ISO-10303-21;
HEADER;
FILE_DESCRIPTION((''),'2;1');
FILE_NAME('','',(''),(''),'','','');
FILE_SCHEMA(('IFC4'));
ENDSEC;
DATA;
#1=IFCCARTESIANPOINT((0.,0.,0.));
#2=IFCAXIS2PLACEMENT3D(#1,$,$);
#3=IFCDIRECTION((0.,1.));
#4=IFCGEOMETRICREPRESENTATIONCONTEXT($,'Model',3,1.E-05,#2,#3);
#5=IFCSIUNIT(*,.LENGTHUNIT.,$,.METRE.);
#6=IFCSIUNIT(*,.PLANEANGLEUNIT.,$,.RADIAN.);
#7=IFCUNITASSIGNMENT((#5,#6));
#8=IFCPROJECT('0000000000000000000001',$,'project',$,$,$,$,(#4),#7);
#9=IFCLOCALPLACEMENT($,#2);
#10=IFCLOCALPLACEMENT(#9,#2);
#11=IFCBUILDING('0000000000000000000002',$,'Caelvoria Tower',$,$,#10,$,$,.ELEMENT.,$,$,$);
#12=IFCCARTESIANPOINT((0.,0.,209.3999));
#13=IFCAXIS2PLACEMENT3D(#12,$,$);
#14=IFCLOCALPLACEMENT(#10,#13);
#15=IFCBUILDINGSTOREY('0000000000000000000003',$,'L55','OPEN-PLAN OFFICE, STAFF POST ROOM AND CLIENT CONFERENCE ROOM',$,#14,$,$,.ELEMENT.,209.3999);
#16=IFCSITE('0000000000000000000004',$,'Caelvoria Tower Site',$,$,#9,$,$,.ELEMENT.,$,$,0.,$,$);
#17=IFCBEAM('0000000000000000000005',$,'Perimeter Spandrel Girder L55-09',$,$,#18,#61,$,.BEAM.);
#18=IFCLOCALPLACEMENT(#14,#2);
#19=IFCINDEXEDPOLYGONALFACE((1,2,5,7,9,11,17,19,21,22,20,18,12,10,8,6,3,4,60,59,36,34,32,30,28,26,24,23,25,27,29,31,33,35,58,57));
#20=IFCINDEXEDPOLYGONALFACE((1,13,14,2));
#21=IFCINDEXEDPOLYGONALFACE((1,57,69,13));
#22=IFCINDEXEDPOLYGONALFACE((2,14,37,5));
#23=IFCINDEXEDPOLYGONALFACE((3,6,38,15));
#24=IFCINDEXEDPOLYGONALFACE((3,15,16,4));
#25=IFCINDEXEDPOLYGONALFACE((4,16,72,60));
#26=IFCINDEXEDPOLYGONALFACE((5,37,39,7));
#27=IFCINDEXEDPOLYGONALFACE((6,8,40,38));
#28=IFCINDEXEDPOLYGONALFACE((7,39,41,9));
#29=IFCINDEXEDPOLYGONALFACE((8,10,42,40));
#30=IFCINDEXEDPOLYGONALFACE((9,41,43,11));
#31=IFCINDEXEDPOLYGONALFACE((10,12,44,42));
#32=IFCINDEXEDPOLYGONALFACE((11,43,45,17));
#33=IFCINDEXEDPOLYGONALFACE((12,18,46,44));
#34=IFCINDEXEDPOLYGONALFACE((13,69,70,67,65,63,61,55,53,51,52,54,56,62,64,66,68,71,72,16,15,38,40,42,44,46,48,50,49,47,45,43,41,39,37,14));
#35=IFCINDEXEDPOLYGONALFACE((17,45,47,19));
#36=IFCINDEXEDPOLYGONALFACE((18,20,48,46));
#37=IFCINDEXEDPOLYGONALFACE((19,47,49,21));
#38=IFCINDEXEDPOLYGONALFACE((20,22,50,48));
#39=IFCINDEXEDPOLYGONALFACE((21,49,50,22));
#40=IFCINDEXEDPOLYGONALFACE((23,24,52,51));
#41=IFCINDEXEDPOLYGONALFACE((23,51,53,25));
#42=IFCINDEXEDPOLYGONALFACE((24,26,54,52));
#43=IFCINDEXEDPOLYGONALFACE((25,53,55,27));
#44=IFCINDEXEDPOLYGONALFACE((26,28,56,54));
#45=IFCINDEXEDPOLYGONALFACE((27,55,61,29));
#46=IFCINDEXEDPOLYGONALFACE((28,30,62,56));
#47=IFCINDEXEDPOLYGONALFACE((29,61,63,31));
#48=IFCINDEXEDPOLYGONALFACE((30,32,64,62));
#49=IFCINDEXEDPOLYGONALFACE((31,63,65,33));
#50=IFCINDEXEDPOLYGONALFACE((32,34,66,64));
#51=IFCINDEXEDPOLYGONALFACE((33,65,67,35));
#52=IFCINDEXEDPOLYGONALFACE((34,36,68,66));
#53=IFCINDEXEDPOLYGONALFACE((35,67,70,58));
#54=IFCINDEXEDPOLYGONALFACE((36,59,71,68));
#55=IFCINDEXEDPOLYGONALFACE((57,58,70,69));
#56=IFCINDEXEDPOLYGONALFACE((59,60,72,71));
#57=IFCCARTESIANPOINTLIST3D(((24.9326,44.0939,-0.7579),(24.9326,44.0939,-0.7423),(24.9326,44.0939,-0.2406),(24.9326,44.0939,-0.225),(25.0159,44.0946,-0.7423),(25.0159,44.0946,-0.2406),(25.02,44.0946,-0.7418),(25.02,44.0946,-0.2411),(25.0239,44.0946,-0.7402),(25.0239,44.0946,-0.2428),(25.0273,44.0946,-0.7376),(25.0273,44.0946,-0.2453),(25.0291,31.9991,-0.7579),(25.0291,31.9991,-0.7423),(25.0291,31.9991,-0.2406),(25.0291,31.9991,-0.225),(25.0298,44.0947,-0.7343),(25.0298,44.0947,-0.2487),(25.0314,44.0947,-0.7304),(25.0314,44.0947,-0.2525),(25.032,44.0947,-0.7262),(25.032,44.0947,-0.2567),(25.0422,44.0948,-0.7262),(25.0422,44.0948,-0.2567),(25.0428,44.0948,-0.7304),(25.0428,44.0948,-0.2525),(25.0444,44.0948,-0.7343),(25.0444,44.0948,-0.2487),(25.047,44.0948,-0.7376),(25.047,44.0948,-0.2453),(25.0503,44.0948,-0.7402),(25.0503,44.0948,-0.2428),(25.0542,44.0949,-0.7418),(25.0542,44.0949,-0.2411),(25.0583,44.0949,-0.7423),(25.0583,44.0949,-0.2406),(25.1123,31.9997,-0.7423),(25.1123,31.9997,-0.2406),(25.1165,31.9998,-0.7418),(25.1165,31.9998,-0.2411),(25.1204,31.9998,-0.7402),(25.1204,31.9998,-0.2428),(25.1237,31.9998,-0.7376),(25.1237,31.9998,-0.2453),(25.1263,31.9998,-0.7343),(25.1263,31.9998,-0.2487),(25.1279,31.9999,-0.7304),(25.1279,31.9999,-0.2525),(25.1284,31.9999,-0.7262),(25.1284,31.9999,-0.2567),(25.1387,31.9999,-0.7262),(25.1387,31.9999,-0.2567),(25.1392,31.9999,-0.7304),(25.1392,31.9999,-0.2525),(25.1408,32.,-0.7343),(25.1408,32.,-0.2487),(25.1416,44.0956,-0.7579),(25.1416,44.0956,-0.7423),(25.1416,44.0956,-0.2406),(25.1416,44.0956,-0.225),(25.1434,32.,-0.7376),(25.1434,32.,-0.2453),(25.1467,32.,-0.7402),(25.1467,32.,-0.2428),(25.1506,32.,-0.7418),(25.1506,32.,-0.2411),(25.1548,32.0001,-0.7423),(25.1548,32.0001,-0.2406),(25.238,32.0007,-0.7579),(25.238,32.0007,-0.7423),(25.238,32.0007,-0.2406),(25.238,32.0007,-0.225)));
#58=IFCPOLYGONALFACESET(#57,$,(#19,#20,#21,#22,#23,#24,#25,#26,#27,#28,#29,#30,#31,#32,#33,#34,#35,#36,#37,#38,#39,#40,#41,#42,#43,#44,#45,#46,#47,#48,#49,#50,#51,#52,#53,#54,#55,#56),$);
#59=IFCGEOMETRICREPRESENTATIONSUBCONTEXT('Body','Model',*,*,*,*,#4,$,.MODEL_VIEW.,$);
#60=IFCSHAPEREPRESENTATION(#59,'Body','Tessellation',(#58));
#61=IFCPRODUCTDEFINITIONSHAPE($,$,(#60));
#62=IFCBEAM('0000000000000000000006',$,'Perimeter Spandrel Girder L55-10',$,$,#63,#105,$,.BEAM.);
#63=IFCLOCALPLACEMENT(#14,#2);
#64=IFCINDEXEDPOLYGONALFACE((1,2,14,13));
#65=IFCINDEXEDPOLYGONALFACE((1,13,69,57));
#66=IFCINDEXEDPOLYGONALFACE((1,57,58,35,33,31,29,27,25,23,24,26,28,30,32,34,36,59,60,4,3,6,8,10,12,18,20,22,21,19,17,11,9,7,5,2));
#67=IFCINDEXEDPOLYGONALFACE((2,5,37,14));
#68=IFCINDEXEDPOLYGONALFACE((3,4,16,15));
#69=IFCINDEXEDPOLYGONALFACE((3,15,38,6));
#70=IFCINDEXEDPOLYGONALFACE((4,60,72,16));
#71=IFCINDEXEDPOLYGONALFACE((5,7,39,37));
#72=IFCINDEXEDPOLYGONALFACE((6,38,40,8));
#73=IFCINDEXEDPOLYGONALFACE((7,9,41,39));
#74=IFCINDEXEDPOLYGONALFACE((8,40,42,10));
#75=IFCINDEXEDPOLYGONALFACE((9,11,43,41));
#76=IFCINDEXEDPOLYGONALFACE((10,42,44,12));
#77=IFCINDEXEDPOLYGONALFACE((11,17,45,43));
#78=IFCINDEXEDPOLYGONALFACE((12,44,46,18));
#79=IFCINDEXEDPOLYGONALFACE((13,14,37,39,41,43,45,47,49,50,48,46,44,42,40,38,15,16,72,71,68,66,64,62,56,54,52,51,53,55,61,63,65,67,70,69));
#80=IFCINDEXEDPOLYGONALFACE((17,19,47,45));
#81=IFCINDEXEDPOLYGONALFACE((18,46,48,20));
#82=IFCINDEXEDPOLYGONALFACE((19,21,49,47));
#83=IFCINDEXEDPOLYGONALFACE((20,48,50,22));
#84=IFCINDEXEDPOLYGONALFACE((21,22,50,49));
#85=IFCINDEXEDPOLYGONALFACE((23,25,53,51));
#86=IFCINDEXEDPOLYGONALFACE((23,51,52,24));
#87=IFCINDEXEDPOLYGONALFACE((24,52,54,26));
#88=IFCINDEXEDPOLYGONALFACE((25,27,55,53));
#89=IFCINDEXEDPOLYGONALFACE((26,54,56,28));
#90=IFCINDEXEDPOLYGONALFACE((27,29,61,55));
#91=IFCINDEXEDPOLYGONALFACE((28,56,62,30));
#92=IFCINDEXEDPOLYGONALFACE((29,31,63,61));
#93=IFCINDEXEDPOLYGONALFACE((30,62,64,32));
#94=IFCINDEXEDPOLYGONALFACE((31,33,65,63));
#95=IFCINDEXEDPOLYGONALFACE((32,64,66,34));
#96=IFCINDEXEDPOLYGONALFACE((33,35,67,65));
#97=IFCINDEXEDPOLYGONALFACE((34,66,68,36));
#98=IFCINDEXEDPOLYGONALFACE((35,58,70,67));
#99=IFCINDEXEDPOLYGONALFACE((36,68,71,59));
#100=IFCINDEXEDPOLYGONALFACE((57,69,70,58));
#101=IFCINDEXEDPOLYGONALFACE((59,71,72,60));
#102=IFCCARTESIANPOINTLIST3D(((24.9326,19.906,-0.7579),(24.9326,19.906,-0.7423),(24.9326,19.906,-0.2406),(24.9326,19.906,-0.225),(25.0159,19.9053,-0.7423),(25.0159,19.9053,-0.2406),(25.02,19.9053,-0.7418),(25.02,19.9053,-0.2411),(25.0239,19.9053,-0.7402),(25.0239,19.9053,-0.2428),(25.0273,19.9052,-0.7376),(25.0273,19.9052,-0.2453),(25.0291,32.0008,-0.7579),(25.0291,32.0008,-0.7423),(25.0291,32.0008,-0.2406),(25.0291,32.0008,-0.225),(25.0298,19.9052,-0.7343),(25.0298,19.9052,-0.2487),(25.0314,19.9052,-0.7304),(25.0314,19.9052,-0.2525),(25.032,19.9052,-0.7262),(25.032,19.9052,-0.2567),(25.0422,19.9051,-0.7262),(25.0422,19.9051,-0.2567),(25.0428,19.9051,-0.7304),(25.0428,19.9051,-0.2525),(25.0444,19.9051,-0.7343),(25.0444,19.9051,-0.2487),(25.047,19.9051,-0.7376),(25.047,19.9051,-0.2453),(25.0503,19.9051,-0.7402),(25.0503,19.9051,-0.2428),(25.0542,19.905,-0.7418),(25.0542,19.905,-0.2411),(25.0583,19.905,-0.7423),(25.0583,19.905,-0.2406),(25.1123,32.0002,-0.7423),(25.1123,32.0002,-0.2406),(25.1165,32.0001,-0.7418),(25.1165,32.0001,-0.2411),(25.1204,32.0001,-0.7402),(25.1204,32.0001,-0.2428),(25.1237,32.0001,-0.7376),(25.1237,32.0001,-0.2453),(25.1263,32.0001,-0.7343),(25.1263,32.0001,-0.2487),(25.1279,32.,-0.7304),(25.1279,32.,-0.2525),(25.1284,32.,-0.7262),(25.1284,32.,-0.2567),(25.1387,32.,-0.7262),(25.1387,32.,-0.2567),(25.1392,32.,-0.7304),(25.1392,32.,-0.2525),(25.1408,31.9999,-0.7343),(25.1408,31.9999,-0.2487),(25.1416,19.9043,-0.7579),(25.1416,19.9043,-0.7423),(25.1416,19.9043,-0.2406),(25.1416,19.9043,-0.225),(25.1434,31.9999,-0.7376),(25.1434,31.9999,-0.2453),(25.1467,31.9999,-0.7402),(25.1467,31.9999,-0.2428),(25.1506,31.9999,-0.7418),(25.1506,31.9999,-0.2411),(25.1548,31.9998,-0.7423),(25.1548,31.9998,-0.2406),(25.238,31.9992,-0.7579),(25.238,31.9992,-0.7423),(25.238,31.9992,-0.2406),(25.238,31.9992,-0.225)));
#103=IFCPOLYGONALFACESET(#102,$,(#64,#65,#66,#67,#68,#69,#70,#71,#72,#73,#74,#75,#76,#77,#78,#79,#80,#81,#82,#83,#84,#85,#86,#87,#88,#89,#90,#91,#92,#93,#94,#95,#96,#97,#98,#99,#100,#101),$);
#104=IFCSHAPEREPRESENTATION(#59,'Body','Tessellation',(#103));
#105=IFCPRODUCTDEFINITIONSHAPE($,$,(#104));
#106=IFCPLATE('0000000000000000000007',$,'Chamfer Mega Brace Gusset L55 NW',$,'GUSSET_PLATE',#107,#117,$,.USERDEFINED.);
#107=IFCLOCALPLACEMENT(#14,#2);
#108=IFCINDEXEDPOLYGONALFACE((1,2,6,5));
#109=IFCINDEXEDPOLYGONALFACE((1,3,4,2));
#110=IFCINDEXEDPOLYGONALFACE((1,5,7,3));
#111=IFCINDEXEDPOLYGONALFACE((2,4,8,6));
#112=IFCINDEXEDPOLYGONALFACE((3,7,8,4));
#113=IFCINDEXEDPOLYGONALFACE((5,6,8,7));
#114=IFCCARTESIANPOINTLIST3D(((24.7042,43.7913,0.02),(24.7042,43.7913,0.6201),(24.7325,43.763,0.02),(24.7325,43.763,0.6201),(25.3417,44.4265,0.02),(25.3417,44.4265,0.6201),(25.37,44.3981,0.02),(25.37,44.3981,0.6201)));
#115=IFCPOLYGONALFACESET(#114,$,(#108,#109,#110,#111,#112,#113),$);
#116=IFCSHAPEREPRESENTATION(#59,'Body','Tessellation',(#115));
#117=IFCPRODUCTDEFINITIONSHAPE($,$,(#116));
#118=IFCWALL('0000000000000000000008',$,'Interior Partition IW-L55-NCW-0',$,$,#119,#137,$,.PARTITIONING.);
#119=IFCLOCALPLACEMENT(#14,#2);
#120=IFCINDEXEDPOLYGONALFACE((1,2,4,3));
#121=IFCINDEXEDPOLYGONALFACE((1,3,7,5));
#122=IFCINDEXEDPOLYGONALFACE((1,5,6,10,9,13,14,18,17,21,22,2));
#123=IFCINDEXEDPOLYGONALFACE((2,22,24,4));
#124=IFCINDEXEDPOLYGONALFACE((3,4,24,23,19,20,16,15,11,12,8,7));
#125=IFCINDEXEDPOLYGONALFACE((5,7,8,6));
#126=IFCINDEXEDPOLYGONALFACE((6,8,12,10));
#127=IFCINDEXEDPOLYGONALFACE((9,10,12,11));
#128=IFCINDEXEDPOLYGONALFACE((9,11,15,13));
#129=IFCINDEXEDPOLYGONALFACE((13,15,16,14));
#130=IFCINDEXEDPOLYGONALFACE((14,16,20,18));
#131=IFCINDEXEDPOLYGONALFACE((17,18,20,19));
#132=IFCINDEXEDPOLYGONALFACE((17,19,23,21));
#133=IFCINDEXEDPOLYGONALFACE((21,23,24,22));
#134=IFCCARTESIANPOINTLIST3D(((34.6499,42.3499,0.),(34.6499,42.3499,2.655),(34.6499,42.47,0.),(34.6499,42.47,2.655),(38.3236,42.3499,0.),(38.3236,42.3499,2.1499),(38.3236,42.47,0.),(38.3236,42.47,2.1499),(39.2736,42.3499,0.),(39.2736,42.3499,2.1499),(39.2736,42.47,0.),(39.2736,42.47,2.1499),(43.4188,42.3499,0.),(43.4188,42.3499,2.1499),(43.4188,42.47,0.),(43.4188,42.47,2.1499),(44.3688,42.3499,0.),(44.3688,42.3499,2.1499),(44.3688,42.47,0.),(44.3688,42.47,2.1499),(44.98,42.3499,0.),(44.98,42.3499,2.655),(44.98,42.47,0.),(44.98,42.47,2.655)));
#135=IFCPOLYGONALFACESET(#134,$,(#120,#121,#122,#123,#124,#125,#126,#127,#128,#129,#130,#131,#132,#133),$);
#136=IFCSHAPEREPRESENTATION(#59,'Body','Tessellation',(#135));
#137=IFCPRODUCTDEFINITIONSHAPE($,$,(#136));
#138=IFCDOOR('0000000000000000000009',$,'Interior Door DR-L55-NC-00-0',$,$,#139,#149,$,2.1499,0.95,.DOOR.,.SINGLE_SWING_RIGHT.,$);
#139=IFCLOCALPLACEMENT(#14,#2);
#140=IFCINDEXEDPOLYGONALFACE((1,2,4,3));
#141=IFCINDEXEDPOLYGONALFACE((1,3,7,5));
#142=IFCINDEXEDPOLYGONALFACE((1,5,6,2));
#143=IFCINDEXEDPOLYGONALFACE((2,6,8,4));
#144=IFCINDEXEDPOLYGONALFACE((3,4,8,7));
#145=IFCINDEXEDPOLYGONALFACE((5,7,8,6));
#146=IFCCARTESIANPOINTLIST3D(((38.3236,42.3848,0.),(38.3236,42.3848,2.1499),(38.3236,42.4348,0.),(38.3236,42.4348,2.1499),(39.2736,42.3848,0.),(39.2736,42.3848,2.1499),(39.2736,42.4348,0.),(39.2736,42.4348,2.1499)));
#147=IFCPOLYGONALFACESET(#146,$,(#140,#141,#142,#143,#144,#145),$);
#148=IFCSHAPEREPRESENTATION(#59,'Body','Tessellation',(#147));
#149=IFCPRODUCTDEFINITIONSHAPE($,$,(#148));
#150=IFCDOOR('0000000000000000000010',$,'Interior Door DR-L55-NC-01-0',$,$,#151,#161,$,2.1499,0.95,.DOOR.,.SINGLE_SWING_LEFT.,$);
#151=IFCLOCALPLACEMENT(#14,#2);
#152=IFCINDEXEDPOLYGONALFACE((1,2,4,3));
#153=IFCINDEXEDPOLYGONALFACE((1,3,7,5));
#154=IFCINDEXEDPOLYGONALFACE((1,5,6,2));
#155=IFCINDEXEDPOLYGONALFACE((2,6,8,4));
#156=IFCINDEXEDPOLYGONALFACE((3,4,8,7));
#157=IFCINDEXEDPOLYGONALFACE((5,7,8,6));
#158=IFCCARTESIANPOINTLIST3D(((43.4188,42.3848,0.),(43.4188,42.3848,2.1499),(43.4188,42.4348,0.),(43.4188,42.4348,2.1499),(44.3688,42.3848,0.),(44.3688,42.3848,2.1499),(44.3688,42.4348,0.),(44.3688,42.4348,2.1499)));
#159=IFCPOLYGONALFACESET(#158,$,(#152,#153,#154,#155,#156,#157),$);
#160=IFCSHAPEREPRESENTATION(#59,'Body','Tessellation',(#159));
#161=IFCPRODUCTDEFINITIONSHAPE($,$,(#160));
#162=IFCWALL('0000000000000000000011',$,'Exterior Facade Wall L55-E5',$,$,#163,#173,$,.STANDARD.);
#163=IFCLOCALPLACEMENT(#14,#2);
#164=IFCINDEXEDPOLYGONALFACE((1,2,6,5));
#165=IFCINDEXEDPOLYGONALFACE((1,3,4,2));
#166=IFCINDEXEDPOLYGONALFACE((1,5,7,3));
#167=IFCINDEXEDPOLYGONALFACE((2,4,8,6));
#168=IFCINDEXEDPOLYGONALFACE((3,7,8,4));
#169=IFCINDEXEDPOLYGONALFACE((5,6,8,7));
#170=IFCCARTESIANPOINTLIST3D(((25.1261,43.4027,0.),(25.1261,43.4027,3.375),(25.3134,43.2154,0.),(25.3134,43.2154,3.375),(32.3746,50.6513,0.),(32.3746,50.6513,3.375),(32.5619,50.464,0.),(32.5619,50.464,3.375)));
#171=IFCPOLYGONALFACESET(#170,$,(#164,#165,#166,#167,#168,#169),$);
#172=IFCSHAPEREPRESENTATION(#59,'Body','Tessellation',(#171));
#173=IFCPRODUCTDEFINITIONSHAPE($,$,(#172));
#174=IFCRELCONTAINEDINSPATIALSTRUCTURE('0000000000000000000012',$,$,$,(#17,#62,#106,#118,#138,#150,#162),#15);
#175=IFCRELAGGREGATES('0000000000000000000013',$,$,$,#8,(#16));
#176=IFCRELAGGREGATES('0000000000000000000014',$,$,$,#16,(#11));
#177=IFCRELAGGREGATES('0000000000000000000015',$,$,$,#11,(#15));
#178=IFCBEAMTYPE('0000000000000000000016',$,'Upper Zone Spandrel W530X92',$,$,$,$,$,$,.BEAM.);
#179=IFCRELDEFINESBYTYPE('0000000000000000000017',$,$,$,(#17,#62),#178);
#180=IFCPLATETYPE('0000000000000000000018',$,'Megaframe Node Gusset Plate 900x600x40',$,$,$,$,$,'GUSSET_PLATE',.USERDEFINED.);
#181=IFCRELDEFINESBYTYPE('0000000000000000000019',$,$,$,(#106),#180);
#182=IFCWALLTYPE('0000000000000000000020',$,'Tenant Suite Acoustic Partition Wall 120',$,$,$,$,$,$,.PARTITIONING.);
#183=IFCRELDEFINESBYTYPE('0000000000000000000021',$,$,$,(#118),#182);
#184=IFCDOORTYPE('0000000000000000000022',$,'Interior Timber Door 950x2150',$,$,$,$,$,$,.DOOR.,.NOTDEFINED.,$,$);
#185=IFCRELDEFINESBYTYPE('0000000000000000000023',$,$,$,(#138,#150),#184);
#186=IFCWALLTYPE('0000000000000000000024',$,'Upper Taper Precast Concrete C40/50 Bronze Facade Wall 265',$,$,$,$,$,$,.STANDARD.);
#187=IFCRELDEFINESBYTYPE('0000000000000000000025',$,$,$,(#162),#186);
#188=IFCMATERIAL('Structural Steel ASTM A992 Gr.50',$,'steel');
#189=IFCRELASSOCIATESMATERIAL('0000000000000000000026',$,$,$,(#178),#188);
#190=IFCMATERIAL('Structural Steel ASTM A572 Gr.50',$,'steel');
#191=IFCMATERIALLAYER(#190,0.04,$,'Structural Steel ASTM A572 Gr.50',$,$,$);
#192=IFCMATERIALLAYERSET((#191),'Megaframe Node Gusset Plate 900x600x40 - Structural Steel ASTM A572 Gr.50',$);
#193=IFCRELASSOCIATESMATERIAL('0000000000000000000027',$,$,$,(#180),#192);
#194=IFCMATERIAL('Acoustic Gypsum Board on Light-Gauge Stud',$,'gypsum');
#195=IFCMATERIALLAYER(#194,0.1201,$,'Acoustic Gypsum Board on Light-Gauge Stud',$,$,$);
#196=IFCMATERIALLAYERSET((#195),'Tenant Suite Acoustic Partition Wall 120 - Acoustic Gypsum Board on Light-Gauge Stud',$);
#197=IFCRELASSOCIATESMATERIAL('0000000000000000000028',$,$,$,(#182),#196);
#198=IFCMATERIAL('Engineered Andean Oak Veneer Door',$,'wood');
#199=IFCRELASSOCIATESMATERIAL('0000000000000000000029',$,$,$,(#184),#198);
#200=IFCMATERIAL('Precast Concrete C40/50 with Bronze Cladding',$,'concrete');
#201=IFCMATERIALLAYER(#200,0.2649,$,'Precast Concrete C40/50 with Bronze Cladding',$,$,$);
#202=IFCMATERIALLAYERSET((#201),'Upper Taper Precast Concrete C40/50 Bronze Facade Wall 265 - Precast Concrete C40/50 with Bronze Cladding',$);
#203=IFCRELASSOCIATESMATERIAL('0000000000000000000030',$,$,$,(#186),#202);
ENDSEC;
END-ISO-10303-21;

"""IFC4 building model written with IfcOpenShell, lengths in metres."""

from ifc_helpers import new_model, si_unit, direction, frame, frame_2d, origin, origin_2d, place, context, subcontext, project, spatial, rectangle, i_section, extrude, material, layer, layer_set, material_profile, profile_set, type_object, element, fill, save


model = new_model("IFC4")

# Units and contexts
model_context = context("Model", 3, precision=1e-05, world=origin(), true_north=direction((0.0, 1.0)))
body_context = subcontext(model_context, "Body", "Model", "MODEL_VIEW")
ifc_project = project(units=[si_unit("LENGTHUNIT", "METRE"), si_unit("PLANEANGLEUNIT", "RADIAN")], contexts=[model_context])

# Site, building, storey
site_placement = place(None, origin())
site = spatial("IfcSite", under=ifc_project, at=site_placement, Name="Caelvoria Tower Site", CompositionType="ELEMENT", RefElevation=0.0)
building_placement = place(site_placement, origin())
building = spatial("IfcBuilding", under=site, at=building_placement, Name="Caelvoria Tower", CompositionType="ELEMENT")
storey_placement = place(building_placement, frame((0.0, 0.0, 209.3999)))
storey = spatial("IfcBuildingStorey", under=building, at=storey_placement, Name="L55", Description="OPEN-PLAN OFFICE, STAFF POST ROOM AND CLIENT CONFERENCE ROOM", CompositionType="ELEMENT", Elevation=209.3999)

# Shared definitions
ifc_material_1 = material(Name="Structural Steel ASTM A572 Gr.50", Category="steel")
ifc_material_2 = material(Name="Structural Steel ASTM A992 Gr.50", Category="steel")

# Beams
ifc_material_profile_1 = material_profile(ifc_material_2, i_section(OverallWidth=0.209, OverallDepth=0.533, WebThickness=0.0103, FlangeThickness=0.0156, FilletRadius=0.0161, at=origin_2d()), Name="Structural Steel ASTM A992 Gr.50")
ifc_profile_set_1 = profile_set([ifc_material_profile_1], Name="W530X92 - Structural Steel ASTM A992 Gr.50")
beam_type_1 = type_object("IfcBeamType", Name="Upper Zone Spandrel W530X92", PredefinedType="BEAM", material=ifc_profile_set_1)
for number, where, z_axis, x_axis, name in (
    (1, (25.0371, 44.0947, -0.4915), (0.007973, -0.999968, 0.0), (0.999968, 0.007973, 0.0), "Perimeter Spandrel Girder L55-09"),
    (2, (25.1335, 32.0, -0.4915), (-0.007973, -0.999968, 0.0), (0.999968, -0.007973, 0.0), "Perimeter Spandrel Girder L55-10"),
):
    element("IfcBeam", number, at=place(storey_placement, frame(where, z_axis=z_axis, x_axis=x_axis)), inside=storey, type_object=beam_type_1, Name=name, PredefinedType="BEAM", context=body_context, shape_type="SweptSolid", body=[
        extrude(i_section(OverallWidth=0.209, OverallDepth=0.533, WebThickness=0.0103, FlangeThickness=0.0156, FilletRadius=0.0161, at=origin_2d()), origin(), (0.0, 0.0, 1.0), 12.0952),
    ])

# Plate
ifc_layer_1 = layer(ifc_material_1, 0.04, Name="Structural Steel ASTM A572 Gr.50")
ifc_layer_set_1 = layer_set([ifc_layer_1], Name="Megaframe Node Gusset Plate 900x600x40 - Structural Steel ASTM A572 Gr.50")
plate_type = type_object("IfcPlateType", Name="Megaframe Node Gusset Plate 900x600x40", ElementType="GUSSET_PLATE", PredefinedType="USERDEFINED", material=ifc_layer_set_1)
plate_placement = place(storey_placement, frame((25.0371, 44.0947, 0.02), z_axis=(0.0, 0.0, 1.0), x_axis=(0.70844, 0.705771, 0.0)))
element("IfcPlate", 3, at=plate_placement, inside=storey, type_object=plate_type, Name="Chamfer Mega Brace Gusset L55 NW", ObjectType="GUSSET_PLATE", PredefinedType="USERDEFINED", context=body_context, shape_type="SweptSolid", body=[
    extrude(rectangle(XDim=0.8999, YDim=0.04, at=origin_2d()), origin(), (0.0, 0.0, 1.0), 0.6001),
])

# Wall, openings, doors
ifc_material_3 = material(Name="Acoustic Gypsum Board on Light-Gauge Stud", Category="gypsum")
ifc_layer_2 = layer(ifc_material_3, 0.1201, Name="Acoustic Gypsum Board on Light-Gauge Stud")
ifc_layer_set_2 = layer_set([ifc_layer_2], Name="Tenant Suite Acoustic Partition Wall 120 - Acoustic Gypsum Board on Light-Gauge Stud")
wall_type_1 = type_object("IfcWallType", Name="Tenant Suite Acoustic Partition Wall 120", PredefinedType="PARTITIONING", material=ifc_layer_set_2)
wall_1_placement = place(storey_placement, frame((34.6499, 42.4099, 0.0), z_axis=(0.0, 0.0, 1.0), x_axis=(1.0, 0.0, 0.0)))
wall_1 = element("IfcWall", 4, at=wall_1_placement, inside=storey, type_object=wall_type_1, Name="Interior Partition IW-L55-NCW-0", PredefinedType="PARTITIONING", context=body_context, shape_type="SweptSolid", body=[
    extrude(rectangle(XDim=10.3301, YDim=0.1201, at=frame_2d((5.165, 0.0))), origin(), (0.0, 0.0, 1.0), 2.655),
])
opening_1_placement = place(wall_1_placement, frame((3.6736, 0.0, 0.0)))
opening_1 = element("IfcOpeningElement", 5, at=opening_1_placement, cuts=wall_1, PredefinedType="OPENING", context=body_context, shape_type="SweptSolid", body=[
    extrude(rectangle(XDim=0.95, YDim=2.1499, at=frame_2d((0.4751, 1.075))), frame((0.0, 0.0701, 0.0), z_axis=(0.0, -1.0, 0.0), x_axis=(1.0, 0.0, 0.0)), (0.0, 0.0, 1.0), 0.1401),
])
opening_2_placement = place(wall_1_placement, frame((8.7688, 0.0, 0.0)))
opening_2 = element("IfcOpeningElement", 6, at=opening_2_placement, cuts=wall_1, PredefinedType="OPENING", context=body_context, shape_type="SweptSolid", body=[
    extrude(rectangle(XDim=0.95, YDim=2.1499, at=frame_2d((0.4751, 1.075))), frame((0.0, 0.0701, 0.0), z_axis=(0.0, -1.0, 0.0), x_axis=(1.0, 0.0, 0.0)), (0.0, 0.0, 1.0), 0.1401),
])
ifc_material_4 = material(Name="Engineered Andean Oak Veneer Door", Category="wood")
door_type = type_object("IfcDoorType", Name="Interior Timber Door 950x2150", OperationType="NOTDEFINED", PredefinedType="DOOR", material=ifc_material_4)
door_1_placement = place(opening_1_placement, origin())
door_1 = element("IfcDoor", 7, at=door_1_placement, inside=storey, type_object=door_type, Name="Interior Door DR-L55-NC-00-0", OperationType="SINGLE_SWING_RIGHT", OverallHeight=2.1499, OverallWidth=0.95, PredefinedType="DOOR", context=body_context, shape_type="SweptSolid", body=[
    extrude(rectangle(XDim=0.95, YDim=2.1499, at=frame_2d((0.4751, 1.075))), frame((0.0, 0.0249, 0.0), z_axis=(0.0, -1.0, 0.0), x_axis=(1.0, 0.0, 0.0)), (0.0, 0.0, 1.0), 0.05),
])
fill(opening_1, door_1)
door_2_placement = place(opening_2_placement, origin())
door_2 = element("IfcDoor", 8, at=door_2_placement, inside=storey, type_object=door_type, Name="Interior Door DR-L55-NC-01-0", OperationType="SINGLE_SWING_LEFT", OverallHeight=2.1499, OverallWidth=0.95, PredefinedType="DOOR", context=body_context, shape_type="SweptSolid", body=[
    extrude(rectangle(XDim=0.95, YDim=2.1499, at=frame_2d((0.4751, 1.075))), frame((0.0, 0.0249, 0.0), z_axis=(0.0, -1.0, 0.0), x_axis=(1.0, 0.0, 0.0)), (0.0, 0.0, 1.0), 0.05),
])
fill(opening_2, door_2)

# Wall
ifc_material_5 = material(Name="Precast Concrete C40/50 with Bronze Cladding", Category="concrete")
ifc_layer_3 = layer(ifc_material_5, 0.2649, Name="Precast Concrete C40/50 with Bronze Cladding")
ifc_layer_set_3 = layer_set([ifc_layer_3], Name="Upper Taper Precast Concrete C40/50 Bronze Facade Wall 265 - Precast Concrete C40/50 with Bronze Cladding")
wall_type_2 = type_object("IfcWallType", Name="Upper Taper Precast Concrete C40/50 Bronze Facade Wall 265", PredefinedType="STANDARD", material=ifc_layer_set_3)
wall_2_placement = place(storey_placement, frame((32.4683, 50.5576, 0.0), z_axis=(0.0, 0.0, 1.0), x_axis=(-0.707107, -0.707107, 0.0)))
element("IfcWall", 9, at=wall_2_placement, inside=storey, type_object=wall_type_2, Name="Exterior Facade Wall L55-E5", PredefinedType="STANDARD", context=body_context, shape_type="SweptSolid", body=[
    extrude(rectangle(XDim=10.251, YDim=0.2649, at=frame_2d((5.1255, 0.0))), origin(), (0.0, 0.0, 1.0), 3.375),
])

save(model, "model.ifc")
